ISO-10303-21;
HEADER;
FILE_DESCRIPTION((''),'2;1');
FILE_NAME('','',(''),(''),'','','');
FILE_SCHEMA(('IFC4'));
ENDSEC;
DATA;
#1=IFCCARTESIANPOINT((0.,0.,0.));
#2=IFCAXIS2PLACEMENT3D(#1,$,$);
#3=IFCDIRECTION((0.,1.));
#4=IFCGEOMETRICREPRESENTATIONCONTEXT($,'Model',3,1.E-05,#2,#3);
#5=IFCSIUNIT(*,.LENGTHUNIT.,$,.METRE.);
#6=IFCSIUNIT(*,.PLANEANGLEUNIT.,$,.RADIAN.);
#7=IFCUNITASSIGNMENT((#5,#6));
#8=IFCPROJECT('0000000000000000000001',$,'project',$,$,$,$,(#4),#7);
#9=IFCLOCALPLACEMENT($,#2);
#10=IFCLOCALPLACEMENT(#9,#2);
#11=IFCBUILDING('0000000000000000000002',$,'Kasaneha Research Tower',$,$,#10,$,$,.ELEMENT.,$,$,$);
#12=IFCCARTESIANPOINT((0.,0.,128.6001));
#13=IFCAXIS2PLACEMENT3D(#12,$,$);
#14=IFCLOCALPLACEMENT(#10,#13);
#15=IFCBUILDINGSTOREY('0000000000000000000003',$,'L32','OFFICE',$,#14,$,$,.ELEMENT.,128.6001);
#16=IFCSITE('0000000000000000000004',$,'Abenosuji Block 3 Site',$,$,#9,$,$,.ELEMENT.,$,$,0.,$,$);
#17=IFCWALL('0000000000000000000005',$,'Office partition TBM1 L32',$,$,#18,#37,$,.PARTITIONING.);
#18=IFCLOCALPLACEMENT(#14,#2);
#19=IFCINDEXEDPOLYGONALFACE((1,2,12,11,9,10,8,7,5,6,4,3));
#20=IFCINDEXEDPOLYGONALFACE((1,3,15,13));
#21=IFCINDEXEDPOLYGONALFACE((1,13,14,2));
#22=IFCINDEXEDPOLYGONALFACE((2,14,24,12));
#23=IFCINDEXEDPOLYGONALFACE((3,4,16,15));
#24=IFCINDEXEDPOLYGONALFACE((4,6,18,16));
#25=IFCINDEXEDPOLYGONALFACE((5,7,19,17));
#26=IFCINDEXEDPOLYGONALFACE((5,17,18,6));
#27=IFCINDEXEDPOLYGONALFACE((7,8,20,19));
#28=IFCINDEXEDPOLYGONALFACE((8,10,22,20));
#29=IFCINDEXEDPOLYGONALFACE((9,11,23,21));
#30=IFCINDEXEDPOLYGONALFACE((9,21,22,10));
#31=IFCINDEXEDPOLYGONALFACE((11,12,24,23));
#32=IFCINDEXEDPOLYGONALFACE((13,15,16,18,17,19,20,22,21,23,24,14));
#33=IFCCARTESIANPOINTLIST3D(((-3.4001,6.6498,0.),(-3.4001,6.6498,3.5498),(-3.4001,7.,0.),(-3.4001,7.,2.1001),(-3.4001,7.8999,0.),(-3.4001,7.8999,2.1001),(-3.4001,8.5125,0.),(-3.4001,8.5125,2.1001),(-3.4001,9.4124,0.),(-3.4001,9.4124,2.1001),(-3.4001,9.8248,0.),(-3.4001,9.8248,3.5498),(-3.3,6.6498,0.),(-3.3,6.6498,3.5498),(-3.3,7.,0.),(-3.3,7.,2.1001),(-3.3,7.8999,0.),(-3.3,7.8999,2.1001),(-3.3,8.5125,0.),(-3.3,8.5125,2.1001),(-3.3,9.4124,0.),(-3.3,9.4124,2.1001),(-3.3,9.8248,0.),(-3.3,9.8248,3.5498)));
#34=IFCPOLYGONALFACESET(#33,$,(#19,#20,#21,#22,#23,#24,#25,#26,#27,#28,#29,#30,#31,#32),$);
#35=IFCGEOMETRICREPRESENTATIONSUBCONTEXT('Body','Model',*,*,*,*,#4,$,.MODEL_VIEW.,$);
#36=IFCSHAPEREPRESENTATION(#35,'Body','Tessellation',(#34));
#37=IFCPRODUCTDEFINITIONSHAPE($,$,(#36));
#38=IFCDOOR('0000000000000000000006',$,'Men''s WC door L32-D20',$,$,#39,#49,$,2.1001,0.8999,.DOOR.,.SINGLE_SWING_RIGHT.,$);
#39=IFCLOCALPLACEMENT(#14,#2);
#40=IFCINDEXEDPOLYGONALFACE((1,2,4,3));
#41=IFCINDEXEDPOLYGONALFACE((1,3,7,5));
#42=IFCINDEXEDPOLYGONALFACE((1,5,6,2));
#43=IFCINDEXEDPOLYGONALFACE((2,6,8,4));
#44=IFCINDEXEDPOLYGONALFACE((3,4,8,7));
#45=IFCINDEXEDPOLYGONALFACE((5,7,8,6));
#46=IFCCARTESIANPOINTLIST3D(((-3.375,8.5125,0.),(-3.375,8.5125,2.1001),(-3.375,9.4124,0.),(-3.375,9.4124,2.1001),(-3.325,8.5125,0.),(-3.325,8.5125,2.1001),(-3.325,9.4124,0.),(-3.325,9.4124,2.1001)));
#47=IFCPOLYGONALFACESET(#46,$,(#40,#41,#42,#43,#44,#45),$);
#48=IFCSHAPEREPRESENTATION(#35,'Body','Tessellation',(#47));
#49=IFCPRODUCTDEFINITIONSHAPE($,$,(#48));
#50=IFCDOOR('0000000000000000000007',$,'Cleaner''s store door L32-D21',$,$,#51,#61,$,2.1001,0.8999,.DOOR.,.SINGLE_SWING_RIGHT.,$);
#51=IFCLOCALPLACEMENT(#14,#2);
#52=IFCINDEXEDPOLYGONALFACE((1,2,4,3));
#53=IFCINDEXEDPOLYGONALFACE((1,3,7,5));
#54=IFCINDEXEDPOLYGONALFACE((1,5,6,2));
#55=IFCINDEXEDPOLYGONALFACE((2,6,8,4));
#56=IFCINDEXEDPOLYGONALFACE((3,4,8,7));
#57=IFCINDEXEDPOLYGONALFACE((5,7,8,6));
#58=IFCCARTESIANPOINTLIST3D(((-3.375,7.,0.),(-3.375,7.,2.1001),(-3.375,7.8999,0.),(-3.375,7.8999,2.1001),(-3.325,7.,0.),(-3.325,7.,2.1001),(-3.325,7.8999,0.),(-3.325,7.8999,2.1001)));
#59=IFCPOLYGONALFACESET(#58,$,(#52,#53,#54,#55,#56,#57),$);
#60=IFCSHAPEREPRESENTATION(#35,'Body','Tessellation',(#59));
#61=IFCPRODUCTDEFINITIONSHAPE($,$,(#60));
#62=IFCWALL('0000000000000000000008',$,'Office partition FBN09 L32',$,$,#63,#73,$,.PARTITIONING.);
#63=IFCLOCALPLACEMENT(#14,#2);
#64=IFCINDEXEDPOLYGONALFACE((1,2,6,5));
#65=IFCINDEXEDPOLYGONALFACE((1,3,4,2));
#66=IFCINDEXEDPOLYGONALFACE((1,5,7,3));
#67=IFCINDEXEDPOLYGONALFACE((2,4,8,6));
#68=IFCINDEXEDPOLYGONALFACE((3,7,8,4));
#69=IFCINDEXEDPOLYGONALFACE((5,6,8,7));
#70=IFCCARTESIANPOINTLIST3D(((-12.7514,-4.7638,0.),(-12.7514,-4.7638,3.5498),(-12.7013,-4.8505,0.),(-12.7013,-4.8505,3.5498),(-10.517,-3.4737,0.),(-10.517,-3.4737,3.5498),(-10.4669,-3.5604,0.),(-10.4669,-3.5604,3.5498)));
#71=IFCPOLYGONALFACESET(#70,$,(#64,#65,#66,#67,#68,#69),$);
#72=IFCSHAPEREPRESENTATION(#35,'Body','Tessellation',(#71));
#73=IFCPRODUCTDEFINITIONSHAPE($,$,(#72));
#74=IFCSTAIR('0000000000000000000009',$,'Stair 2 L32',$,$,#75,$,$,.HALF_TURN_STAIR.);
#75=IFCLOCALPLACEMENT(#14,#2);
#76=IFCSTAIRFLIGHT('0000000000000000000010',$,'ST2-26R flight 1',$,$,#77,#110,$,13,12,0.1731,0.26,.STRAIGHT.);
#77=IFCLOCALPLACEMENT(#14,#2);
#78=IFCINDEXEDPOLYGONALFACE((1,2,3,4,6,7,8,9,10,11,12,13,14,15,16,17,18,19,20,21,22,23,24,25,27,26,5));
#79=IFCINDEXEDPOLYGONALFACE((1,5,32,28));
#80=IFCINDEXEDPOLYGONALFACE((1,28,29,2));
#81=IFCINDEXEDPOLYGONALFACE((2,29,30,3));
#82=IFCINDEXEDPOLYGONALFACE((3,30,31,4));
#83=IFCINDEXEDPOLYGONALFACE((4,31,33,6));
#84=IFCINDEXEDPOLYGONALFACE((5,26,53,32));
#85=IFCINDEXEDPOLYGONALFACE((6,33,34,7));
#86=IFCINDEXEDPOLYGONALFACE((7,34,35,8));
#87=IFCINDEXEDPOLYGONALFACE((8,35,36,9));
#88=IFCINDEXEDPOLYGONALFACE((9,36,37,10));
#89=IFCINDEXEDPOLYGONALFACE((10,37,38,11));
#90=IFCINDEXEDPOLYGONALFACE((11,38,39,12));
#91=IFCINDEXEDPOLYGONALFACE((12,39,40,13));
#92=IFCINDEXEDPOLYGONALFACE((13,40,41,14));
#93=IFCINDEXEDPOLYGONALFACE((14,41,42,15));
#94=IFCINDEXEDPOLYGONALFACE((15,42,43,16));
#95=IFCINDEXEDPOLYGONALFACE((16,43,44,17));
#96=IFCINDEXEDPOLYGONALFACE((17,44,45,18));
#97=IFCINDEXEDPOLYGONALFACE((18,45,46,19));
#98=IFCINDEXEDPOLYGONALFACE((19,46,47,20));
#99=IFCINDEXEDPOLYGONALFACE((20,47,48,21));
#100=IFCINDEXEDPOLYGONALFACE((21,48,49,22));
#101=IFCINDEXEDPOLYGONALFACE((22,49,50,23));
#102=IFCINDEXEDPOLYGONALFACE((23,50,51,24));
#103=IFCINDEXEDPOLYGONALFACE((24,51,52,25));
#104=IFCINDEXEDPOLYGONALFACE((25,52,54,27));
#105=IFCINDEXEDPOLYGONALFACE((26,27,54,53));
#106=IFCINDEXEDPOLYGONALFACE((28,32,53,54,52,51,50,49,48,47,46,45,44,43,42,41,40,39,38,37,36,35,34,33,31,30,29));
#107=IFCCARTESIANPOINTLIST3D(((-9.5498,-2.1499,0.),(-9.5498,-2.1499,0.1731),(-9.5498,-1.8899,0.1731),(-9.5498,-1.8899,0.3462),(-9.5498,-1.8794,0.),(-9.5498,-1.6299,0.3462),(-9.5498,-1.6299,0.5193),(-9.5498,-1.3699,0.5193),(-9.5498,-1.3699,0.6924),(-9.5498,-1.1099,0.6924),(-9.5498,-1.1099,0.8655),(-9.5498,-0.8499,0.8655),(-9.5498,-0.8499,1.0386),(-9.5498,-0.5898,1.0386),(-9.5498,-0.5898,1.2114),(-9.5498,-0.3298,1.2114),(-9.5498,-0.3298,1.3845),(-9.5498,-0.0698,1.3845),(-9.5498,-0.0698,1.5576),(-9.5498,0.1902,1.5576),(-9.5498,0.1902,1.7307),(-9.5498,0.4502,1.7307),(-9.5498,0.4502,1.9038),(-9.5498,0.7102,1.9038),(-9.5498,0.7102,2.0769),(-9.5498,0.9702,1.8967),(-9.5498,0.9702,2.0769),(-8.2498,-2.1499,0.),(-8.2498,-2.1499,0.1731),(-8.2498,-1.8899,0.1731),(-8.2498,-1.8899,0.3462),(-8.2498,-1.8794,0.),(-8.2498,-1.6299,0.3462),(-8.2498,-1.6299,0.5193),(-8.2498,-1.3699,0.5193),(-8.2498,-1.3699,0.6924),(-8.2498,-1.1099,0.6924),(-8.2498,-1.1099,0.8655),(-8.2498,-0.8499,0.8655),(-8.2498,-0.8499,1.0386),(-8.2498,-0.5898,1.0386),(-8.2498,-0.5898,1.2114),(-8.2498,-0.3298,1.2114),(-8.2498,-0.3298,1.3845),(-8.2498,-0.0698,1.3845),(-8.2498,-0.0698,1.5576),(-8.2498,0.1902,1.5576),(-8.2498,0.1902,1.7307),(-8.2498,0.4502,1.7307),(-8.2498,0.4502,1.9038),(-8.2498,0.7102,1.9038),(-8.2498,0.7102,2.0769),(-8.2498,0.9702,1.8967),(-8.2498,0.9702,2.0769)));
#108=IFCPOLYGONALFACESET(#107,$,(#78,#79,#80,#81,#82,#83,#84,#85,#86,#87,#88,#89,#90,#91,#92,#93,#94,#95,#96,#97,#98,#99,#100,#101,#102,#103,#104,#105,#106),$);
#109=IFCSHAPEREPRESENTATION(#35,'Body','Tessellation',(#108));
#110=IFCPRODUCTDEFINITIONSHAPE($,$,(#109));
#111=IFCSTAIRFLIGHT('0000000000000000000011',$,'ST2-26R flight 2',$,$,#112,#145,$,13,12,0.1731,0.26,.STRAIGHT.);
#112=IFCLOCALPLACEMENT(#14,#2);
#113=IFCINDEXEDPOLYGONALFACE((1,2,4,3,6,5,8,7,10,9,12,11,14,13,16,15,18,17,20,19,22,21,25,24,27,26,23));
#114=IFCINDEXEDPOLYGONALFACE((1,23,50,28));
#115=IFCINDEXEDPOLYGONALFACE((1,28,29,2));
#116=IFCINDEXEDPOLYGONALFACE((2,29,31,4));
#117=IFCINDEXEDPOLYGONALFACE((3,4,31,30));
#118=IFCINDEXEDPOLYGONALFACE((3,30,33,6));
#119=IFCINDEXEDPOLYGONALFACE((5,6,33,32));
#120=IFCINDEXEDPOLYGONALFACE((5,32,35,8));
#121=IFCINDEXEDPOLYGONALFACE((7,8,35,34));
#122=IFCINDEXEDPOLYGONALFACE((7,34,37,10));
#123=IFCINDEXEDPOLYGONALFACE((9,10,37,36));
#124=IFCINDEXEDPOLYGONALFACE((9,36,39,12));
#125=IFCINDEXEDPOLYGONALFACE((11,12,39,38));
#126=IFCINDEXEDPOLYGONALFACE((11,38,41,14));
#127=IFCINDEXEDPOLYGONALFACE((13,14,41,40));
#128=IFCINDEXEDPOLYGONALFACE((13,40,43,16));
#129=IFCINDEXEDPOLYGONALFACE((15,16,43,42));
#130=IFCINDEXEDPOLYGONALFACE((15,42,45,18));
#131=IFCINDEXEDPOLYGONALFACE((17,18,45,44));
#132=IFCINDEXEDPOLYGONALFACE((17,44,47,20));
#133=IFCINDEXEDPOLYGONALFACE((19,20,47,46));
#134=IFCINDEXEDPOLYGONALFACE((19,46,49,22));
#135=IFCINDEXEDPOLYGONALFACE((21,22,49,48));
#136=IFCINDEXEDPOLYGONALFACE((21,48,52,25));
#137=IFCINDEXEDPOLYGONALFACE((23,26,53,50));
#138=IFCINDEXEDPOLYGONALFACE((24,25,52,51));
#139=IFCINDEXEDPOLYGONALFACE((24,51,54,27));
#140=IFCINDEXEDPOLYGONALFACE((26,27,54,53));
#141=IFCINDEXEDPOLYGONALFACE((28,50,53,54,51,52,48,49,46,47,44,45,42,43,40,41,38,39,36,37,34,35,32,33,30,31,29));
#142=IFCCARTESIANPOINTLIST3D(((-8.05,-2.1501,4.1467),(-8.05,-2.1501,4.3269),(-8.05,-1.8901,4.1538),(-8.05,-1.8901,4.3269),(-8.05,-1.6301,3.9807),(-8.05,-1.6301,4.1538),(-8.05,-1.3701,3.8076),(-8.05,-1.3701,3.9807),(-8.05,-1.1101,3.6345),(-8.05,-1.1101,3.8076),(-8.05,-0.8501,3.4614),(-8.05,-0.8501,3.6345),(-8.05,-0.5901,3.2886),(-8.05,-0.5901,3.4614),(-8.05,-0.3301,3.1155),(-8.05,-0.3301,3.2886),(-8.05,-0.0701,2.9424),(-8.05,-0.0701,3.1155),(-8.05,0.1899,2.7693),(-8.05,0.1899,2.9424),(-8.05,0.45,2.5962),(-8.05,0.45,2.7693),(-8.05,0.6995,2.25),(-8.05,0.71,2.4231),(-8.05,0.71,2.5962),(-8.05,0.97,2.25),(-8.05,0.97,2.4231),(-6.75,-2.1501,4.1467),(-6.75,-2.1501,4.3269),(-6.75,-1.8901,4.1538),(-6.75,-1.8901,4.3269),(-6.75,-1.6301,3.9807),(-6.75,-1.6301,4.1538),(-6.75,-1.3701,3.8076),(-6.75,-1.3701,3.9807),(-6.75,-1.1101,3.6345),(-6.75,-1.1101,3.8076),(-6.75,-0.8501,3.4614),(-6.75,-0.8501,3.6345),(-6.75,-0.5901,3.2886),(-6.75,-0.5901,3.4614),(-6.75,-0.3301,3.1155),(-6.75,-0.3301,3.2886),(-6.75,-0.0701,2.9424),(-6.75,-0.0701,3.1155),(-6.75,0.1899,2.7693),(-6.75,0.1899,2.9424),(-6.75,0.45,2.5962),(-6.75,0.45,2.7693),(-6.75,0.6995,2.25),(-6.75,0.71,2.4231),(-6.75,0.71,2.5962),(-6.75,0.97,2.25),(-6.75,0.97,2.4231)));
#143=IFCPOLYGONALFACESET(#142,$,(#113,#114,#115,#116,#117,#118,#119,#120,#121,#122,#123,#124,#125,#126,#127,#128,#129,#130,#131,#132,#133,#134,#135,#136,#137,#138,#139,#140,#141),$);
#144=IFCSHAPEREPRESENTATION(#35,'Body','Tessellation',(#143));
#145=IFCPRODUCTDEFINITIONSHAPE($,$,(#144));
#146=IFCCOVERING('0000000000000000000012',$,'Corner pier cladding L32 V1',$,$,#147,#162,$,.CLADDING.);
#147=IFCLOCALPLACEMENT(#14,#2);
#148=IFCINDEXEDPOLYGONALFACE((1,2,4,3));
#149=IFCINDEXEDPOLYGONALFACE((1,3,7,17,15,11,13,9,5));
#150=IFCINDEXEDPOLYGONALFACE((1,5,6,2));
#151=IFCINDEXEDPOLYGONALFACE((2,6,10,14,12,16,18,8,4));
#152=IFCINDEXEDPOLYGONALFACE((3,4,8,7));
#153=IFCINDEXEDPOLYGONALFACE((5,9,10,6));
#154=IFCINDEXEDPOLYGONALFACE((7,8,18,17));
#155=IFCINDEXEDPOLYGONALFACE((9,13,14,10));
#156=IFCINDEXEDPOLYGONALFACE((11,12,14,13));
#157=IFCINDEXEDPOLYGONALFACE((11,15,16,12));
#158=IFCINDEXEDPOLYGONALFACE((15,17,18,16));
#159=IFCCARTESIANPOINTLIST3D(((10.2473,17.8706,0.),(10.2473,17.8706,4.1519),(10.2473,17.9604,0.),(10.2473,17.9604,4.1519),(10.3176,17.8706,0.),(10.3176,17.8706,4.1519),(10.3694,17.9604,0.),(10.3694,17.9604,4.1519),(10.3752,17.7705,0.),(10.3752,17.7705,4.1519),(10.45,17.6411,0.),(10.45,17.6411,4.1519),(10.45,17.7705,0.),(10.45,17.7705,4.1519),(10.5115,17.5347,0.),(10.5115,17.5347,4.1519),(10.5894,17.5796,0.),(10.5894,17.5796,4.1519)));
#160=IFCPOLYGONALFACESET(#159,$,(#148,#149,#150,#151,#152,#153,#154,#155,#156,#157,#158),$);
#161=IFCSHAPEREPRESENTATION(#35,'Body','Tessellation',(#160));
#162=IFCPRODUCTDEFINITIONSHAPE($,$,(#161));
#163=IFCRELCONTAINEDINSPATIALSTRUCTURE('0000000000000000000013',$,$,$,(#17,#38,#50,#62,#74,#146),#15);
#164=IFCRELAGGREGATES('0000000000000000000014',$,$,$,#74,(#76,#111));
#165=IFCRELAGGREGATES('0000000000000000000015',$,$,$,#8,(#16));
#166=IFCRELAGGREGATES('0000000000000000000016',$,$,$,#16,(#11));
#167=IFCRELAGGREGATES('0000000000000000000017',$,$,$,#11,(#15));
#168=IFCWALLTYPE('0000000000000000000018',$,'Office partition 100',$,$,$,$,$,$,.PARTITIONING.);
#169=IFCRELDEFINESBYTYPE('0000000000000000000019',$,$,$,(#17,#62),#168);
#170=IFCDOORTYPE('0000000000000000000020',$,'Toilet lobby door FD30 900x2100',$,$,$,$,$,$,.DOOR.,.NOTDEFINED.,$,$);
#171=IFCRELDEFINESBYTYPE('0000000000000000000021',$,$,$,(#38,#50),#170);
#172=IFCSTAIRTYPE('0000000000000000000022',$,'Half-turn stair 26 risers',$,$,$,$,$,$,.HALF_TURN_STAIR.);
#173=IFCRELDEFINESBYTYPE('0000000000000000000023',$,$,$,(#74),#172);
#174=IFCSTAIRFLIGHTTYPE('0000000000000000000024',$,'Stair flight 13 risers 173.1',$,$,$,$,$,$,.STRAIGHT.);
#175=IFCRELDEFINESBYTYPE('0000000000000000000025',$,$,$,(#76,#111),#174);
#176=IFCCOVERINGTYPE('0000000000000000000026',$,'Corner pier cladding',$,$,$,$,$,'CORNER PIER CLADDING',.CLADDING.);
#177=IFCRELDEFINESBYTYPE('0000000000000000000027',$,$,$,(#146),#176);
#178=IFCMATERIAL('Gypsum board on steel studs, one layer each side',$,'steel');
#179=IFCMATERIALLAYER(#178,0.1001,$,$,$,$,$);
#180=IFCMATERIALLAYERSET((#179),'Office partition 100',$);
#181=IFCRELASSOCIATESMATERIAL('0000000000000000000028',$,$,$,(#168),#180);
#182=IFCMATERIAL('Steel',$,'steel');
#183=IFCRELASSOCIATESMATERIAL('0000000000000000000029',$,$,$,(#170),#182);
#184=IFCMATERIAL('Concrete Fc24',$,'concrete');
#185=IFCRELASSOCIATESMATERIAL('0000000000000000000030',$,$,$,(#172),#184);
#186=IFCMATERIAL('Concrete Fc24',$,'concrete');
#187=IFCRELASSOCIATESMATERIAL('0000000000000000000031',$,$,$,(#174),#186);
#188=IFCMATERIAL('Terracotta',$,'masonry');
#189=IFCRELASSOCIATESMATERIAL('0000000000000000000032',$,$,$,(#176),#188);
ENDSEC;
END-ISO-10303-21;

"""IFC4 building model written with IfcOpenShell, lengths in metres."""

from ifc_helpers import new_model, si_unit, direction, frame, frame_2d, origin, place, context, subcontext, project, spatial, polyline, rectangle, outline, extrude, material, layer, layer_set, type_object, element, fill, aggregate, save


model = new_model("IFC4")

# Units and contexts
model_context = context("Model", 3, precision=1e-05, world=origin(), true_north=direction((0.0, 1.0)))
body_context = subcontext(model_context, "Body", "Model", "MODEL_VIEW")
ifc_project = project(units=[si_unit("LENGTHUNIT", "METRE"), si_unit("PLANEANGLEUNIT", "RADIAN")], contexts=[model_context])

# Site, building, storey
site_placement = place(None, origin())
site = spatial("IfcSite", under=ifc_project, at=site_placement, Name="Abenosuji Block 3 Site", CompositionType="ELEMENT", RefElevation=0.0)
building_placement = place(site_placement, origin())
building = spatial("IfcBuilding", under=site, at=building_placement, Name="Kasaneha Research Tower", CompositionType="ELEMENT")
storey_placement = place(building_placement, frame((0.0, 0.0, 128.6001)))
storey = spatial("IfcBuildingStorey", under=building, at=storey_placement, Name="L32", Description="OFFICE", CompositionType="ELEMENT", Elevation=128.6001)

# Wall, openings, doors
ifc_material_1 = material(Name="Gypsum board on steel studs, one layer each side", Category="steel")
ifc_layer_1 = layer(ifc_material_1, 0.1001)
ifc_layer_set_1 = layer_set([ifc_layer_1], Name="Office partition 100")
wall_type_1 = type_object("IfcWallType", Name="Office partition 100", PredefinedType="PARTITIONING", material=ifc_layer_set_1)
wall_1_placement = place(storey_placement, frame((-3.3501, 6.6499, 0.0), z_axis=(0.0, 0.0, 1.0), x_axis=(0.0, 1.0, 0.0)))
wall_1 = element("IfcWall", 1, at=wall_1_placement, inside=storey, type_object=wall_type_1, Name="Office partition TBM1 L32", PredefinedType="PARTITIONING", context=body_context, shape_type="SweptSolid", body=[
    extrude(rectangle(XDim=3.175, YDim=0.1001, at=frame_2d((1.5874, 0.0))), origin(), (0.0, 0.0, 1.0), 3.5498),
])
opening_1_placement = place(wall_1_placement, frame((1.8625, 0.0, 0.0)))
opening_1 = element("IfcOpeningElement", 2, at=opening_1_placement, cuts=wall_1, PredefinedType="OPENING", context=body_context, shape_type="SweptSolid", body=[
    extrude(rectangle(XDim=0.8999, YDim=2.1001, at=frame_2d((0.45, 1.05))), frame((0.0, 0.0601, 0.0), z_axis=(0.0, -1.0, 0.0), x_axis=(1.0, 0.0, 0.0)), (0.0, 0.0, 1.0), 0.1201),
])
opening_2_placement = place(wall_1_placement, frame((0.3501, 0.0, 0.0)))
opening_2 = element("IfcOpeningElement", 3, at=opening_2_placement, cuts=wall_1, PredefinedType="OPENING", context=body_context, shape_type="SweptSolid", body=[
    extrude(rectangle(XDim=0.8999, YDim=2.1001, at=frame_2d((0.45, 1.05))), frame((0.0, 0.0601, 0.0), z_axis=(0.0, -1.0, 0.0), x_axis=(1.0, 0.0, 0.0)), (0.0, 0.0, 1.0), 0.1201),
])
ifc_material_2 = material(Name="Steel", Category="steel")
door_type_1 = type_object("IfcDoorType", Name="Toilet lobby door FD30 900x2100", OperationType="NOTDEFINED", PredefinedType="DOOR", material=ifc_material_2)
door_1_placement = place(opening_1_placement, origin())
door_1 = element("IfcDoor", 4, at=door_1_placement, inside=storey, type_object=door_type_1, Name="Men's WC door L32-D20", OperationType="SINGLE_SWING_RIGHT", OverallHeight=2.1001, OverallWidth=0.8999, PredefinedType="DOOR", context=body_context, shape_type="SweptSolid", body=[
    extrude(rectangle(XDim=0.8999, YDim=2.1001, at=frame_2d((0.45, 1.05))), frame((0.0, 0.0249, 0.0), z_axis=(0.0, -1.0, 0.0), x_axis=(1.0, 0.0, 0.0)), (0.0, 0.0, 1.0), 0.05),
])
fill(opening_1, door_1)
door_2_placement = place(opening_2_placement, origin())
door_2 = element("IfcDoor", 5, at=door_2_placement, inside=storey, type_object=door_type_1, Name="Cleaner's store door L32-D21", OperationType="SINGLE_SWING_RIGHT", OverallHeight=2.1001, OverallWidth=0.8999, PredefinedType="DOOR", context=body_context, shape_type="SweptSolid", body=[
    extrude(rectangle(XDim=0.8999, YDim=2.1001, at=frame_2d((0.45, 1.05))), frame((0.0, 0.0249, 0.0), z_axis=(0.0, -1.0, 0.0), x_axis=(1.0, 0.0, 0.0)), (0.0, 0.0, 1.0), 0.05),
])
fill(opening_2, door_2)

# Wall
wall_2_placement = place(storey_placement, frame((-10.4919, -3.5171, 0.0), z_axis=(0.0, 0.0, 1.0), x_axis=(-0.866022, -0.500006, 0.0)))
element("IfcWall", 6, at=wall_2_placement, inside=storey, type_object=wall_type_1, Name="Office partition FBN09 L32", PredefinedType="PARTITIONING", context=body_context, shape_type="SweptSolid", body=[
    extrude(rectangle(XDim=2.5801, YDim=0.1001, at=frame_2d((1.29, 0.0))), origin(), (0.0, 0.0, 1.0), 3.5498),
])

# Stair, stair flights
ifc_material_3 = material(Name="Concrete Fc24", Category="concrete")
stair_type = type_object("IfcStairType", Name="Half-turn stair 26 risers", PredefinedType="HALF_TURN_STAIR", material=ifc_material_3)
stair_placement = place(storey_placement, origin())
stair = element("IfcStair", 7, at=stair_placement, inside=storey, type_object=stair_type, Name="Stair 2 L32", PredefinedType="HALF_TURN_STAIR")
ifc_material_4 = material(Name="Concrete Fc24", Category="concrete")
stair_flight_type = type_object("IfcStairFlightType", Name="Stair flight 13 risers 173.1", PredefinedType="STRAIGHT", material=ifc_material_4)
stair_flight_1_placement = place(storey_placement, frame((-8.8999, -2.1499, 0.0), z_axis=(0.0, 0.0, 1.0), x_axis=(0.0, 1.0, 0.0)))
stair_flight_1 = element("IfcStairFlight", 8, at=stair_flight_1_placement, type_object=stair_flight_type, Name="ST2-26R flight 1", NumberOfRisers=13, NumberOfTreads=12, PredefinedType="STRAIGHT", RiserHeight=0.1731, TreadLength=0.26, context=body_context, shape_type="SweptSolid", body=[
    extrude(outline(polyline([(0.0, 0.0), (0.0, 0.1731), (0.26, 0.1731), (0.26, 0.3462), (0.52, 0.3462), (0.52, 0.5193), (0.78, 0.5193), (0.78, 0.6924), (1.04, 0.6924), (1.04, 0.8655), (1.3, 0.8655), (1.3, 1.0386), (1.5601, 1.0386), (1.5601, 1.2114), (1.8201, 1.2114), (1.8201, 1.3845), (2.0801, 1.3845), (2.0801, 1.5576), (2.3401, 1.5576), (2.3401, 1.7307), (2.6001, 1.7307), (2.6001, 1.9038), (2.8601, 1.9038), (2.8601, 2.0769), (3.1201, 2.0769), (3.1201, 2.25), (3.1201, 1.8967), (0.2705, 0.0), (0.0, 0.0)])), frame((0.0, 0.6499, 0.0), z_axis=(0.0, -1.0, 0.0), x_axis=(1.0, 0.0, 0.0)), (0.0, 0.0, 1.0), 1.3),
])
stair_flight_2_placement = place(storey_placement, frame((-7.3999, 0.97, 2.25), z_axis=(0.0, 0.0, 1.0), x_axis=(0.0, -1.0, 0.0)))
stair_flight_2 = element("IfcStairFlight", 9, at=stair_flight_2_placement, type_object=stair_flight_type, Name="ST2-26R flight 2", NumberOfRisers=13, NumberOfTreads=12, PredefinedType="STRAIGHT", RiserHeight=0.1731, TreadLength=0.26, context=body_context, shape_type="SweptSolid", body=[
    extrude(outline(polyline([(0.0, 0.0), (0.0, 0.1731), (0.26, 0.1731), (0.26, 0.3462), (0.52, 0.3462), (0.52, 0.5193), (0.78, 0.5193), (0.78, 0.6924), (1.04, 0.6924), (1.04, 0.8655), (1.3, 0.8655), (1.3, 1.0386), (1.5601, 1.0386), (1.5601, 1.2114), (1.8201, 1.2114), (1.8201, 1.3845), (2.0801, 1.3845), (2.0801, 1.5576), (2.3401, 1.5576), (2.3401, 1.7307), (2.6001, 1.7307), (2.6001, 1.9038), (2.8601, 1.9038), (2.8601, 2.0769), (3.1201, 2.0769), (3.1201, 2.25), (3.1201, 1.8967), (0.2705, 0.0), (0.0, 0.0)])), frame((0.0, 0.6499, 0.0), z_axis=(0.0, -1.0, 0.0), x_axis=(1.0, 0.0, 0.0)), (0.0, 0.0, 1.0), 1.3),
])
aggregate(stair, [stair_flight_1, stair_flight_2])

# Covering
ifc_material_5 = material(Name="Terracotta", Category="masonry")
covering_type = type_object("IfcCoveringType", Name="Corner pier cladding", ElementType="CORNER PIER CLADDING", PredefinedType="CLADDING", material=ifc_material_5)
covering_1_placement = place(storey_placement, origin())
element("IfcCovering", 10, at=covering_1_placement, inside=storey, type_object=covering_type, Name="Corner pier cladding L32 V1", PredefinedType="CLADDING", context=body_context, shape_type="SweptSolid", body=[
    extrude(outline(polyline([(10.5115, 17.5347), (10.45, 17.6411), (10.45, 17.7705), (10.3752, 17.7705), (10.3176, 17.8706), (10.2473, 17.8706), (10.2473, 17.9604), (10.3694, 17.9604), (10.5894, 17.5796), (10.5115, 17.5347)])), origin(), (0.0, 0.0, 1.0), 4.1519),
])

save(model, "model.ifc")
